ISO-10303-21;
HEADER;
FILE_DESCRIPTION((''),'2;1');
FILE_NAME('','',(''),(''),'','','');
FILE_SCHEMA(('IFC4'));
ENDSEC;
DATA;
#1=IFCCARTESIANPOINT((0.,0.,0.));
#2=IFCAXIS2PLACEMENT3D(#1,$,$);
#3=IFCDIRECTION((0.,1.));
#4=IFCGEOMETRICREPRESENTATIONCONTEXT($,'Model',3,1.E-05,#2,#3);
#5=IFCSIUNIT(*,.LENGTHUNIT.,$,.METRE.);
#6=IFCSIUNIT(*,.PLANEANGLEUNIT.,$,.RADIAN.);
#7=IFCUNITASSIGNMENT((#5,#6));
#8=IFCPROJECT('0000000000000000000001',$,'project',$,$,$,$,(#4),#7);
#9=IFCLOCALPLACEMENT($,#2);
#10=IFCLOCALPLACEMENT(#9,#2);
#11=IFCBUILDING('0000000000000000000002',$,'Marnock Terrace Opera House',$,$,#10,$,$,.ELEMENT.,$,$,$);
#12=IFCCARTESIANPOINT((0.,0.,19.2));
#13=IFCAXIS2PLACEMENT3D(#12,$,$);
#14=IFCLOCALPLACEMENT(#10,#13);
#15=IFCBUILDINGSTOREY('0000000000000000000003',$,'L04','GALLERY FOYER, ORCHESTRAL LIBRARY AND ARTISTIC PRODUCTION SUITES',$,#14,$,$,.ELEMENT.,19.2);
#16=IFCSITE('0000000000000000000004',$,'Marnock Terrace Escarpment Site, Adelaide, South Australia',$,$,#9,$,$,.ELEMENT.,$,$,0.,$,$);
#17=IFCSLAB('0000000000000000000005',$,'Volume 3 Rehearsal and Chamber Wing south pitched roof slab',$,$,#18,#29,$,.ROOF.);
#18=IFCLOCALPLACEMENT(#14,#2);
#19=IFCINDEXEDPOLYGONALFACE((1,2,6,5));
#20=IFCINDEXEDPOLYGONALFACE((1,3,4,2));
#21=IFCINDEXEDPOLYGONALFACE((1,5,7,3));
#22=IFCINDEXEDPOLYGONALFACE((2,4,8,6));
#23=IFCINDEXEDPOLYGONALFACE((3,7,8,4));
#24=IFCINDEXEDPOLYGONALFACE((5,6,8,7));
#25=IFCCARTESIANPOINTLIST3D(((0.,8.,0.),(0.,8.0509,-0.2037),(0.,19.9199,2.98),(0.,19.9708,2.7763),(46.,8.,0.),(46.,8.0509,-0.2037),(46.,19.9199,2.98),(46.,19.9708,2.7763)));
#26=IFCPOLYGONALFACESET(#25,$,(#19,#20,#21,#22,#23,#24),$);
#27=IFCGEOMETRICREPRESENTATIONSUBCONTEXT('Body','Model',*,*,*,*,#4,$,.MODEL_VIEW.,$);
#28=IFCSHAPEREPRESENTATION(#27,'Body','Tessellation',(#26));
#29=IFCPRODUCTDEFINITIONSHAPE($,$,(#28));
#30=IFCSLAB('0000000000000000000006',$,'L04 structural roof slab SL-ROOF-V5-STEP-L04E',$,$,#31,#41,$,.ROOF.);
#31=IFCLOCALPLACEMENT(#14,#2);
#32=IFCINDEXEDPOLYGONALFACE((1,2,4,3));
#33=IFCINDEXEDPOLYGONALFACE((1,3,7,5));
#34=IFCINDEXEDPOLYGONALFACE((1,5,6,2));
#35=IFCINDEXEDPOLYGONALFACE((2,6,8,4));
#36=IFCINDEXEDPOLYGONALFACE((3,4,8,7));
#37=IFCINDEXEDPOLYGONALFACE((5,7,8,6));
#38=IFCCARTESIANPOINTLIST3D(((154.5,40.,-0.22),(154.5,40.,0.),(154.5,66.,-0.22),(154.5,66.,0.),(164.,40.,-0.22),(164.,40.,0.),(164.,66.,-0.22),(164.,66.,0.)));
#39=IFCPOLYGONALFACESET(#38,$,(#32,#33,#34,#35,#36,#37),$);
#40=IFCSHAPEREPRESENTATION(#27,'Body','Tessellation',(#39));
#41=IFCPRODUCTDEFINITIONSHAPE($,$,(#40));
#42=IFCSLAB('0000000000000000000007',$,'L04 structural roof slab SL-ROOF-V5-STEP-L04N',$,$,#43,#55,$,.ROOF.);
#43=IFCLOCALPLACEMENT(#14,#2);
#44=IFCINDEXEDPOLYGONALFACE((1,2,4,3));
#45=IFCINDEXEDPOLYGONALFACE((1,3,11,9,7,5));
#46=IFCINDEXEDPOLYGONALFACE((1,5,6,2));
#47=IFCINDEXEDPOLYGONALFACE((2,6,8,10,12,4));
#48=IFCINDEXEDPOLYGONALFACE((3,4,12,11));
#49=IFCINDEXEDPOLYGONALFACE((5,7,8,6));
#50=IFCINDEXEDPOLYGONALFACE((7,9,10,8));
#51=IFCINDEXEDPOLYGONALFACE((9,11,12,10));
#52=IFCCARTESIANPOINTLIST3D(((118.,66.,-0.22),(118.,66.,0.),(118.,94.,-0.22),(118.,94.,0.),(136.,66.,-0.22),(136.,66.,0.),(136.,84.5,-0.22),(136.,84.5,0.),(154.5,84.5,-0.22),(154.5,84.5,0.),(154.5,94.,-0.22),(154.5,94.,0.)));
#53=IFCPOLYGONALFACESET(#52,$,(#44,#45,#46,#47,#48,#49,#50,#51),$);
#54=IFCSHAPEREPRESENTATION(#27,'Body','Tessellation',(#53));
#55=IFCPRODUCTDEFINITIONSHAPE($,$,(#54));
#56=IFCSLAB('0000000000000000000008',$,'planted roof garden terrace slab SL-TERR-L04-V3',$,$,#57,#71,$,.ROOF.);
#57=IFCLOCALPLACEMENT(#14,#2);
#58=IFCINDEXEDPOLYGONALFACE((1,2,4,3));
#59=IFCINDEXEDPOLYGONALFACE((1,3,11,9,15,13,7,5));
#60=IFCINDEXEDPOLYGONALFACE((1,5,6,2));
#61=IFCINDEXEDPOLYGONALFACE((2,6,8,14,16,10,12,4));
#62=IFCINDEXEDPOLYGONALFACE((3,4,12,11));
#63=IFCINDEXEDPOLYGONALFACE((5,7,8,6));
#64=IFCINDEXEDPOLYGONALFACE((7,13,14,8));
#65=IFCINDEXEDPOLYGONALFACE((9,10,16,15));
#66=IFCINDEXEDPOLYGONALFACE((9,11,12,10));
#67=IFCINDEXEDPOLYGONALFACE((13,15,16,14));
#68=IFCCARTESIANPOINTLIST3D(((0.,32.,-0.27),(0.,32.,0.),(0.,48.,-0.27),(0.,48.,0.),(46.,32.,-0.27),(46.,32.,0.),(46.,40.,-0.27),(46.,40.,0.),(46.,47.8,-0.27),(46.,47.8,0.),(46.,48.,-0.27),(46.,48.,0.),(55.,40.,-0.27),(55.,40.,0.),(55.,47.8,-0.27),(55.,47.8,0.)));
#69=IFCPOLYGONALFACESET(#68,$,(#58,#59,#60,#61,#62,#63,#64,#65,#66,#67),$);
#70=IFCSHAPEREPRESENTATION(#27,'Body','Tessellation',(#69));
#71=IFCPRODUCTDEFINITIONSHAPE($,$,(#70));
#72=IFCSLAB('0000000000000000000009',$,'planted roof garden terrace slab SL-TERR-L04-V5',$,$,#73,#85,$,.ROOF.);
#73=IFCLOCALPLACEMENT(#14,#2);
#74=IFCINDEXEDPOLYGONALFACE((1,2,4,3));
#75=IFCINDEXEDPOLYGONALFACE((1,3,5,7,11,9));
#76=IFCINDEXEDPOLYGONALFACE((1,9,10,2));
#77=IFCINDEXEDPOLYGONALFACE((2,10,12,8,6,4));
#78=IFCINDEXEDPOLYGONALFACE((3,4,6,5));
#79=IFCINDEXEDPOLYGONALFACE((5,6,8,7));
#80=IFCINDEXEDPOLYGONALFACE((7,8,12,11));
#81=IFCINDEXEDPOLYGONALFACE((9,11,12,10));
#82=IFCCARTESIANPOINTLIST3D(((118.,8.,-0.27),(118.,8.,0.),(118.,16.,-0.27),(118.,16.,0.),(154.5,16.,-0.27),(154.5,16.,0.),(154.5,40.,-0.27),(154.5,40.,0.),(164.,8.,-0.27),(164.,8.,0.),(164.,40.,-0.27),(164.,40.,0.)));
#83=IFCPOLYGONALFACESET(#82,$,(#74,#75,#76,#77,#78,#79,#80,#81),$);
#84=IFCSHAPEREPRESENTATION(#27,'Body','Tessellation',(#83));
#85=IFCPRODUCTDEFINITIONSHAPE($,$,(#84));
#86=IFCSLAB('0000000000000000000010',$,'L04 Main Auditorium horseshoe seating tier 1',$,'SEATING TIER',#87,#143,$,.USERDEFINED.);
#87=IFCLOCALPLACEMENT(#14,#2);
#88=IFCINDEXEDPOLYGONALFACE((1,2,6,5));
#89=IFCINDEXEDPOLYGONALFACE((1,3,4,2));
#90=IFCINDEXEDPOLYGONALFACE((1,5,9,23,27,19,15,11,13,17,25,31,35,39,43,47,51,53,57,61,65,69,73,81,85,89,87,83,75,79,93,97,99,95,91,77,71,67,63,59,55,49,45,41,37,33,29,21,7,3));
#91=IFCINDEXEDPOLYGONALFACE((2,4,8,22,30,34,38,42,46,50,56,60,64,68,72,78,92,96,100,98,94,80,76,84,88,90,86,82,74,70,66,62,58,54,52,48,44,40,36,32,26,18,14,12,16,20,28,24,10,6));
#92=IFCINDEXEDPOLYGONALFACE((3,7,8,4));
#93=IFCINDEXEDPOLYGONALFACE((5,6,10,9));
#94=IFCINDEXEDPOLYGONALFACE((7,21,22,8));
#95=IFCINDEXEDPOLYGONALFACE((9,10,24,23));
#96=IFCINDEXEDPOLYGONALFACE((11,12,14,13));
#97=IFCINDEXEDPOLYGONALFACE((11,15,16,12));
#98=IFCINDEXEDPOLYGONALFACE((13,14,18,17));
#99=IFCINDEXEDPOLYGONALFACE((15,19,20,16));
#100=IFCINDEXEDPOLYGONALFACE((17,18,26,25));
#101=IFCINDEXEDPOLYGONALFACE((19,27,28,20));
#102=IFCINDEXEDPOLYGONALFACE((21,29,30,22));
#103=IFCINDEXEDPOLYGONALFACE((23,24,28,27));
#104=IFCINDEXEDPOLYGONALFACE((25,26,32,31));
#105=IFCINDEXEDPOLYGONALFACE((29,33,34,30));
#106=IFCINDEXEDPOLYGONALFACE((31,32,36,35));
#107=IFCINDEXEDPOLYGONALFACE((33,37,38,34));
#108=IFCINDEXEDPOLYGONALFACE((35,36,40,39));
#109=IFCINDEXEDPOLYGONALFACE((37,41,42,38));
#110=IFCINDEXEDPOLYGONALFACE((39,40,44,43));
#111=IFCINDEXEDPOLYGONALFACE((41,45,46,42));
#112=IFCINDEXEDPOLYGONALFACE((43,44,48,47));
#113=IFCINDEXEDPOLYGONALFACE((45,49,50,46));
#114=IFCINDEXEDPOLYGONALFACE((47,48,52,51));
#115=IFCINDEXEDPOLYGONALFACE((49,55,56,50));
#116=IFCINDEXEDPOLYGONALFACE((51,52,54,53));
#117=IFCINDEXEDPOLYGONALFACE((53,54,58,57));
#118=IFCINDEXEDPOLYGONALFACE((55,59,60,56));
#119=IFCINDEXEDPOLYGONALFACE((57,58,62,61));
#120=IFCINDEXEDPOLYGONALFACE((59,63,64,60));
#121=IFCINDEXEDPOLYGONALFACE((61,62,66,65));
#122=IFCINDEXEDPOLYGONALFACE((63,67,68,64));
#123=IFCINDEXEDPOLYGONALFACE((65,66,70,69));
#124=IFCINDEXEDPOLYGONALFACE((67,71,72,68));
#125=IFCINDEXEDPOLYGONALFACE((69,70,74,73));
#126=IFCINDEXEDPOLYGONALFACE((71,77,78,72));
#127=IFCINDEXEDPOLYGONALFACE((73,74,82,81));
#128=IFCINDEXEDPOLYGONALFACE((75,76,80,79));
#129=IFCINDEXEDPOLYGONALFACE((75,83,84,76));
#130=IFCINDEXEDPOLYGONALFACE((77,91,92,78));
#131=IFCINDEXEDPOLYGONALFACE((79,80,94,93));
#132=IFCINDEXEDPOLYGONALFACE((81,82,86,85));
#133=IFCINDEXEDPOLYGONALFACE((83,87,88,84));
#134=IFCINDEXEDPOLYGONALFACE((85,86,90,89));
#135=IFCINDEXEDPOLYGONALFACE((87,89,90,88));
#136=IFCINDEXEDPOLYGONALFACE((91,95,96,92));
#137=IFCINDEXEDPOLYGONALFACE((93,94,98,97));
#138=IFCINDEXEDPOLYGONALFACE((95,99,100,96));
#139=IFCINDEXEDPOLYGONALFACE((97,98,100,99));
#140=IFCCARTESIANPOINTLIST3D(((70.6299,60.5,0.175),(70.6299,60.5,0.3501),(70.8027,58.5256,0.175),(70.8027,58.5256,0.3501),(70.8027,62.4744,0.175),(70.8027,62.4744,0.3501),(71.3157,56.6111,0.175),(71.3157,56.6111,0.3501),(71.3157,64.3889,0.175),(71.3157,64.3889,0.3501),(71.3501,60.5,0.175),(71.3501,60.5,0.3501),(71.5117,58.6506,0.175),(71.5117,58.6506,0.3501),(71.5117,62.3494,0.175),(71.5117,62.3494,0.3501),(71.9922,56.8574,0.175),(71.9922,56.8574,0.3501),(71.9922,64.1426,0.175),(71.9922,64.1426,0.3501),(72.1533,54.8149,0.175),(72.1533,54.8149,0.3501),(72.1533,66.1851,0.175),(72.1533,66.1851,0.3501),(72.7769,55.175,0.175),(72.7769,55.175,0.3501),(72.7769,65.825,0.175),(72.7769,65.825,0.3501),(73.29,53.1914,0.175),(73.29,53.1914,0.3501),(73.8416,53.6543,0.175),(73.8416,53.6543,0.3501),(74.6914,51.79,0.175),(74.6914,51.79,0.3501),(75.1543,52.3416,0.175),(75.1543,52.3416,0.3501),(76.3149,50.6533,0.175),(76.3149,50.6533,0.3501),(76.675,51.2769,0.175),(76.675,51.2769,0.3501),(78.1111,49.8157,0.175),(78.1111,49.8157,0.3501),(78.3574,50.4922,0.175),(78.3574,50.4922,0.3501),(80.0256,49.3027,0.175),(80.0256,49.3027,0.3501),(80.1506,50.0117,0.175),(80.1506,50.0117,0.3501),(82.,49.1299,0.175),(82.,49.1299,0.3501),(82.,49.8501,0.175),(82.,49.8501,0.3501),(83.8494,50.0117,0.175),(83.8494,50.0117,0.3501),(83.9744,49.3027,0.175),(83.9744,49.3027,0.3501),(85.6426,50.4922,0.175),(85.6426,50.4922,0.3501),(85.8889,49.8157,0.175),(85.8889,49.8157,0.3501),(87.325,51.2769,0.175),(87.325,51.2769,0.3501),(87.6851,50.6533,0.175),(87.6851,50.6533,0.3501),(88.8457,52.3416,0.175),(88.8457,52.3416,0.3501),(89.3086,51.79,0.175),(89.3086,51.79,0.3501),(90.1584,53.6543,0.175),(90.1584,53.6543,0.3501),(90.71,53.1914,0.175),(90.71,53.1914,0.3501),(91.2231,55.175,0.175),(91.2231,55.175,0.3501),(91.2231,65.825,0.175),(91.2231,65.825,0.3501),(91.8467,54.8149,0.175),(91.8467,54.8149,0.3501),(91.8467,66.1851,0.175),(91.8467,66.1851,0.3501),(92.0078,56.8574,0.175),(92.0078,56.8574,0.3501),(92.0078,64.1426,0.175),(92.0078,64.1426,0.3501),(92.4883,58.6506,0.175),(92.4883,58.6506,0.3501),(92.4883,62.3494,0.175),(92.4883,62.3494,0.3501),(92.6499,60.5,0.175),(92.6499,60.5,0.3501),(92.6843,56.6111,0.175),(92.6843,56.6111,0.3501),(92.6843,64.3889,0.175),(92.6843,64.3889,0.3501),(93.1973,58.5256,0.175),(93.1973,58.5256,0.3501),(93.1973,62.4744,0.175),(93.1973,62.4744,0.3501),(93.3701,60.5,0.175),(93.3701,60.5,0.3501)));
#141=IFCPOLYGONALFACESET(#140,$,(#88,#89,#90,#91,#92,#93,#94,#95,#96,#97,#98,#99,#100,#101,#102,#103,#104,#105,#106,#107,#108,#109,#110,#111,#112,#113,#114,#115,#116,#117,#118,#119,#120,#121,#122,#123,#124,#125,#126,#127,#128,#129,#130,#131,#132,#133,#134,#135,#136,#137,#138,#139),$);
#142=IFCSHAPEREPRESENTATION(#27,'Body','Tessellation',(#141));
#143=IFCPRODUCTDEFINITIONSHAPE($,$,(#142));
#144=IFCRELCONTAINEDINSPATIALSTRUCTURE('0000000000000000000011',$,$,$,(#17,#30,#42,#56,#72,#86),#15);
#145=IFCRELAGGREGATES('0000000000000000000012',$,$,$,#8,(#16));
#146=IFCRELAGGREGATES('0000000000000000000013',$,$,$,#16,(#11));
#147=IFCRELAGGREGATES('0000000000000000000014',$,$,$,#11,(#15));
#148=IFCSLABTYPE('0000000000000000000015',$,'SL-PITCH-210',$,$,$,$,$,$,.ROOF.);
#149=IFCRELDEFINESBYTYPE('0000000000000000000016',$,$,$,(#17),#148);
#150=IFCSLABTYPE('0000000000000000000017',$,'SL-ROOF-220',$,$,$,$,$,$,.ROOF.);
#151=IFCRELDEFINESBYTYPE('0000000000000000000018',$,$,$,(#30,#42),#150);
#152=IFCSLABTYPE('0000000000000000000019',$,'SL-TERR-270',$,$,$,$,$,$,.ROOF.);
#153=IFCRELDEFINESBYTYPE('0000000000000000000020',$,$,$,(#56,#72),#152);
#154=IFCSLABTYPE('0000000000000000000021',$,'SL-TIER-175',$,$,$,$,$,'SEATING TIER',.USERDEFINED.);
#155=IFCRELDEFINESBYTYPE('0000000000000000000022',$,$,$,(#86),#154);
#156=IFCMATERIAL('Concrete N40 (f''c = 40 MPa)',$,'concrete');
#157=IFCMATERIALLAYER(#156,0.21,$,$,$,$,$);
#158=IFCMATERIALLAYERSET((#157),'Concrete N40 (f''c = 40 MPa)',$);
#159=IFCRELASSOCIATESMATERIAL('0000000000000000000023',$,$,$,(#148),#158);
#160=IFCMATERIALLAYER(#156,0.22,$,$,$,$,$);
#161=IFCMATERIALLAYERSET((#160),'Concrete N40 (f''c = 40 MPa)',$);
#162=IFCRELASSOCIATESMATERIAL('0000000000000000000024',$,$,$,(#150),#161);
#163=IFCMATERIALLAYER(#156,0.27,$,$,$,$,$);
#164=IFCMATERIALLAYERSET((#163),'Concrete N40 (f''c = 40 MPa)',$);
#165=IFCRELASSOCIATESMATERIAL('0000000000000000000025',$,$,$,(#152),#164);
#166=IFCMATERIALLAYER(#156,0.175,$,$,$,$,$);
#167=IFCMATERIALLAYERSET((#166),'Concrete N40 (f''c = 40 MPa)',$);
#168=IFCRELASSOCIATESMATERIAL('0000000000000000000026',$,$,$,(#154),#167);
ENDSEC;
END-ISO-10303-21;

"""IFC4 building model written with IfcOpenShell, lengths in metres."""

from ifc_helpers import new_model, si_unit, direction, frame, origin, place, context, subcontext, project, spatial, polyline, outline, extrude, material, layer, layer_set, type_object, element, save


model = new_model("IFC4")

# Units and contexts
model_context = context("Model", 3, precision=1e-05, world=origin(), true_north=direction((0.0, 1.0)))
body_context = subcontext(model_context, "Body", "Model", "MODEL_VIEW")
ifc_project = project(units=[si_unit("LENGTHUNIT", "METRE"), si_unit("PLANEANGLEUNIT", "RADIAN")], contexts=[model_context])

# Site, building, storey
site_placement = place(None, origin())
site = spatial("IfcSite", under=ifc_project, at=site_placement, Name="Marnock Terrace Escarpment Site, Adelaide, South Australia", CompositionType="ELEMENT", RefElevation=0.0)
building_placement = place(site_placement, origin())
building = spatial("IfcBuilding", under=site, at=building_placement, Name="Marnock Terrace Opera House", CompositionType="ELEMENT")
storey_placement = place(building_placement, frame((0.0, 0.0, 19.2)))
storey = spatial("IfcBuildingStorey", under=building, at=storey_placement, Name="L04", Description="GALLERY FOYER, ORCHESTRAL LIBRARY AND ARTISTIC PRODUCTION SUITES", CompositionType="ELEMENT", Elevation=19.2)

# Shared definitions
ifc_material_1 = material(Name="Concrete N40 (f'c = 40 MPa)", Category="concrete")

# Slabs
ifc_layer_1 = layer(ifc_material_1, 0.21)
ifc_layer_set_1 = layer_set([ifc_layer_1], Name="Concrete N40 (f'c = 40 MPa)")
slab_type_1 = type_object("IfcSlabType", Name="SL-PITCH-210", PredefinedType="ROOF", material=ifc_layer_set_1)
slab_1_placement = place(storey_placement, frame((0.0, 8.0, 0.0), z_axis=(0.0, -0.242536, 0.970143), x_axis=(1.0, 0.0, 0.0)))
element("IfcSlab", 1, at=slab_1_placement, inside=storey, type_object=slab_type_1, Name="Volume 3 Rehearsal and Chamber Wing south pitched roof slab", PredefinedType="ROOF", context=body_context, shape_type="SweptSolid", body=[
    extrude(outline(polyline([(0.0, 0.0), (46.0, 0.0), (46.0, 12.2868), (0.0, 12.2868), (0.0, 0.0)])), origin(), (0.0, 0.0, -1.0), 0.21),
])
ifc_layer_2 = layer(ifc_material_1, 0.22)
ifc_layer_set_2 = layer_set([ifc_layer_2], Name="Concrete N40 (f'c = 40 MPa)")
slab_type_2 = type_object("IfcSlabType", Name="SL-ROOF-220", PredefinedType="ROOF", material=ifc_layer_set_2)
slab_2_placement = place(storey_placement, frame((0.0, 0.0, -0.22)))
element("IfcSlab", 2, at=slab_2_placement, inside=storey, type_object=slab_type_2, Name="L04 structural roof slab SL-ROOF-V5-STEP-L04E", PredefinedType="ROOF", context=body_context, shape_type="SweptSolid", body=[
    extrude(outline(polyline([(154.5, 40.0), (164.0, 40.0), (164.0, 66.0), (154.5, 66.0), (154.5, 40.0)])), origin(), (0.0, 0.0, 1.0), 0.22),
])
slab_3_placement = place(storey_placement, frame((0.0, 0.0, -0.22)))
element("IfcSlab", 3, at=slab_3_placement, inside=storey, type_object=slab_type_2, Name="L04 structural roof slab SL-ROOF-V5-STEP-L04N", PredefinedType="ROOF", context=body_context, shape_type="SweptSolid", body=[
    extrude(outline(polyline([(118.0, 66.0), (136.0, 66.0), (136.0, 84.5), (154.5, 84.5), (154.5, 94.0), (118.0, 94.0), (118.0, 66.0)])), origin(), (0.0, 0.0, 1.0), 0.22),
])
ifc_layer_3 = layer(ifc_material_1, 0.27)
ifc_layer_set_3 = layer_set([ifc_layer_3], Name="Concrete N40 (f'c = 40 MPa)")
slab_type_3 = type_object("IfcSlabType", Name="SL-TERR-270", PredefinedType="ROOF", material=ifc_layer_set_3)
slab_4_placement = place(storey_placement, frame((0.0, 0.0, -0.27)))
element("IfcSlab", 4, at=slab_4_placement, inside=storey, type_object=slab_type_3, Name="planted roof garden terrace slab SL-TERR-L04-V3", PredefinedType="ROOF", context=body_context, shape_type="SweptSolid", body=[
    extrude(outline(polyline([(0.0, 32.0), (46.0, 32.0), (46.0, 40.0), (55.0, 40.0), (55.0, 47.8), (46.0, 47.8), (46.0, 48.0), (0.0, 48.0), (0.0, 32.0)])), origin(), (0.0, 0.0, 1.0), 0.27),
])
slab_5_placement = place(storey_placement, frame((0.0, 0.0, -0.27)))
element("IfcSlab", 5, at=slab_5_placement, inside=storey, type_object=slab_type_3, Name="planted roof garden terrace slab SL-TERR-L04-V5", PredefinedType="ROOF", context=body_context, shape_type="SweptSolid", body=[
    extrude(outline(polyline([(118.0, 8.0), (164.0, 8.0), (164.0, 40.0), (154.5, 40.0), (154.5, 16.0), (118.0, 16.0), (118.0, 8.0)])), origin(), (0.0, 0.0, 1.0), 0.27),
])
ifc_layer_4 = layer(ifc_material_1, 0.175)
ifc_layer_set_4 = layer_set([ifc_layer_4], Name="Concrete N40 (f'c = 40 MPa)")
slab_type_4 = type_object("IfcSlabType", Name="SL-TIER-175", ElementType="SEATING TIER", PredefinedType="USERDEFINED", material=ifc_layer_set_4)
slab_6_placement = place(storey_placement, frame((0.0, 0.0, 0.175)))
element("IfcSlab", 6, at=slab_6_placement, inside=storey, type_object=slab_type_4, Name="L04 Main Auditorium horseshoe seating tier 1", ObjectType="SEATING TIER", PredefinedType="USERDEFINED", context=body_context, shape_type="SweptSolid", body=[
    extrude(outline(polyline([(72.1533, 66.1851), (71.3157, 64.3889), (70.8027, 62.4744), (70.6299, 60.5), (70.8027, 58.5256), (71.3157, 56.6111), (72.1533, 54.8149), (73.29, 53.1914), (74.6914, 51.79), (76.3149, 50.6533), (78.1111, 49.8157), (80.0256, 49.3027), (82.0, 49.1299), (83.9744, 49.3027), (85.8889, 49.8157), (87.6851, 50.6533), (89.3086, 51.79), (90.71, 53.1914), (91.8467, 54.8149), (92.6843, 56.6111), (93.1973, 58.5256), (93.3701, 60.5), (93.1973, 62.4744), (92.6843, 64.3889), (91.8467, 66.1851), (91.2231, 65.825), (92.0078, 64.1426), (92.4883, 62.3494), (92.6499, 60.5), (92.4883, 58.6506), (92.0078, 56.8574), (91.2231, 55.175), (90.1584, 53.6543), (88.8457, 52.3416), (87.325, 51.2769), (85.6426, 50.4922), (83.8494, 50.0117), (82.0, 49.8501), (80.1506, 50.0117), (78.3574, 50.4922), (76.675, 51.2769), (75.1543, 52.3416), (73.8416, 53.6543), (72.7769, 55.175), (71.9922, 56.8574), (71.5117, 58.6506), (71.3501, 60.5), (71.5117, 62.3494), (71.9922, 64.1426), (72.7769, 65.825), (72.1533, 66.1851)])), origin(), (0.0, 0.0, 1.0), 0.175),
])

save(model, "model.ifc")
